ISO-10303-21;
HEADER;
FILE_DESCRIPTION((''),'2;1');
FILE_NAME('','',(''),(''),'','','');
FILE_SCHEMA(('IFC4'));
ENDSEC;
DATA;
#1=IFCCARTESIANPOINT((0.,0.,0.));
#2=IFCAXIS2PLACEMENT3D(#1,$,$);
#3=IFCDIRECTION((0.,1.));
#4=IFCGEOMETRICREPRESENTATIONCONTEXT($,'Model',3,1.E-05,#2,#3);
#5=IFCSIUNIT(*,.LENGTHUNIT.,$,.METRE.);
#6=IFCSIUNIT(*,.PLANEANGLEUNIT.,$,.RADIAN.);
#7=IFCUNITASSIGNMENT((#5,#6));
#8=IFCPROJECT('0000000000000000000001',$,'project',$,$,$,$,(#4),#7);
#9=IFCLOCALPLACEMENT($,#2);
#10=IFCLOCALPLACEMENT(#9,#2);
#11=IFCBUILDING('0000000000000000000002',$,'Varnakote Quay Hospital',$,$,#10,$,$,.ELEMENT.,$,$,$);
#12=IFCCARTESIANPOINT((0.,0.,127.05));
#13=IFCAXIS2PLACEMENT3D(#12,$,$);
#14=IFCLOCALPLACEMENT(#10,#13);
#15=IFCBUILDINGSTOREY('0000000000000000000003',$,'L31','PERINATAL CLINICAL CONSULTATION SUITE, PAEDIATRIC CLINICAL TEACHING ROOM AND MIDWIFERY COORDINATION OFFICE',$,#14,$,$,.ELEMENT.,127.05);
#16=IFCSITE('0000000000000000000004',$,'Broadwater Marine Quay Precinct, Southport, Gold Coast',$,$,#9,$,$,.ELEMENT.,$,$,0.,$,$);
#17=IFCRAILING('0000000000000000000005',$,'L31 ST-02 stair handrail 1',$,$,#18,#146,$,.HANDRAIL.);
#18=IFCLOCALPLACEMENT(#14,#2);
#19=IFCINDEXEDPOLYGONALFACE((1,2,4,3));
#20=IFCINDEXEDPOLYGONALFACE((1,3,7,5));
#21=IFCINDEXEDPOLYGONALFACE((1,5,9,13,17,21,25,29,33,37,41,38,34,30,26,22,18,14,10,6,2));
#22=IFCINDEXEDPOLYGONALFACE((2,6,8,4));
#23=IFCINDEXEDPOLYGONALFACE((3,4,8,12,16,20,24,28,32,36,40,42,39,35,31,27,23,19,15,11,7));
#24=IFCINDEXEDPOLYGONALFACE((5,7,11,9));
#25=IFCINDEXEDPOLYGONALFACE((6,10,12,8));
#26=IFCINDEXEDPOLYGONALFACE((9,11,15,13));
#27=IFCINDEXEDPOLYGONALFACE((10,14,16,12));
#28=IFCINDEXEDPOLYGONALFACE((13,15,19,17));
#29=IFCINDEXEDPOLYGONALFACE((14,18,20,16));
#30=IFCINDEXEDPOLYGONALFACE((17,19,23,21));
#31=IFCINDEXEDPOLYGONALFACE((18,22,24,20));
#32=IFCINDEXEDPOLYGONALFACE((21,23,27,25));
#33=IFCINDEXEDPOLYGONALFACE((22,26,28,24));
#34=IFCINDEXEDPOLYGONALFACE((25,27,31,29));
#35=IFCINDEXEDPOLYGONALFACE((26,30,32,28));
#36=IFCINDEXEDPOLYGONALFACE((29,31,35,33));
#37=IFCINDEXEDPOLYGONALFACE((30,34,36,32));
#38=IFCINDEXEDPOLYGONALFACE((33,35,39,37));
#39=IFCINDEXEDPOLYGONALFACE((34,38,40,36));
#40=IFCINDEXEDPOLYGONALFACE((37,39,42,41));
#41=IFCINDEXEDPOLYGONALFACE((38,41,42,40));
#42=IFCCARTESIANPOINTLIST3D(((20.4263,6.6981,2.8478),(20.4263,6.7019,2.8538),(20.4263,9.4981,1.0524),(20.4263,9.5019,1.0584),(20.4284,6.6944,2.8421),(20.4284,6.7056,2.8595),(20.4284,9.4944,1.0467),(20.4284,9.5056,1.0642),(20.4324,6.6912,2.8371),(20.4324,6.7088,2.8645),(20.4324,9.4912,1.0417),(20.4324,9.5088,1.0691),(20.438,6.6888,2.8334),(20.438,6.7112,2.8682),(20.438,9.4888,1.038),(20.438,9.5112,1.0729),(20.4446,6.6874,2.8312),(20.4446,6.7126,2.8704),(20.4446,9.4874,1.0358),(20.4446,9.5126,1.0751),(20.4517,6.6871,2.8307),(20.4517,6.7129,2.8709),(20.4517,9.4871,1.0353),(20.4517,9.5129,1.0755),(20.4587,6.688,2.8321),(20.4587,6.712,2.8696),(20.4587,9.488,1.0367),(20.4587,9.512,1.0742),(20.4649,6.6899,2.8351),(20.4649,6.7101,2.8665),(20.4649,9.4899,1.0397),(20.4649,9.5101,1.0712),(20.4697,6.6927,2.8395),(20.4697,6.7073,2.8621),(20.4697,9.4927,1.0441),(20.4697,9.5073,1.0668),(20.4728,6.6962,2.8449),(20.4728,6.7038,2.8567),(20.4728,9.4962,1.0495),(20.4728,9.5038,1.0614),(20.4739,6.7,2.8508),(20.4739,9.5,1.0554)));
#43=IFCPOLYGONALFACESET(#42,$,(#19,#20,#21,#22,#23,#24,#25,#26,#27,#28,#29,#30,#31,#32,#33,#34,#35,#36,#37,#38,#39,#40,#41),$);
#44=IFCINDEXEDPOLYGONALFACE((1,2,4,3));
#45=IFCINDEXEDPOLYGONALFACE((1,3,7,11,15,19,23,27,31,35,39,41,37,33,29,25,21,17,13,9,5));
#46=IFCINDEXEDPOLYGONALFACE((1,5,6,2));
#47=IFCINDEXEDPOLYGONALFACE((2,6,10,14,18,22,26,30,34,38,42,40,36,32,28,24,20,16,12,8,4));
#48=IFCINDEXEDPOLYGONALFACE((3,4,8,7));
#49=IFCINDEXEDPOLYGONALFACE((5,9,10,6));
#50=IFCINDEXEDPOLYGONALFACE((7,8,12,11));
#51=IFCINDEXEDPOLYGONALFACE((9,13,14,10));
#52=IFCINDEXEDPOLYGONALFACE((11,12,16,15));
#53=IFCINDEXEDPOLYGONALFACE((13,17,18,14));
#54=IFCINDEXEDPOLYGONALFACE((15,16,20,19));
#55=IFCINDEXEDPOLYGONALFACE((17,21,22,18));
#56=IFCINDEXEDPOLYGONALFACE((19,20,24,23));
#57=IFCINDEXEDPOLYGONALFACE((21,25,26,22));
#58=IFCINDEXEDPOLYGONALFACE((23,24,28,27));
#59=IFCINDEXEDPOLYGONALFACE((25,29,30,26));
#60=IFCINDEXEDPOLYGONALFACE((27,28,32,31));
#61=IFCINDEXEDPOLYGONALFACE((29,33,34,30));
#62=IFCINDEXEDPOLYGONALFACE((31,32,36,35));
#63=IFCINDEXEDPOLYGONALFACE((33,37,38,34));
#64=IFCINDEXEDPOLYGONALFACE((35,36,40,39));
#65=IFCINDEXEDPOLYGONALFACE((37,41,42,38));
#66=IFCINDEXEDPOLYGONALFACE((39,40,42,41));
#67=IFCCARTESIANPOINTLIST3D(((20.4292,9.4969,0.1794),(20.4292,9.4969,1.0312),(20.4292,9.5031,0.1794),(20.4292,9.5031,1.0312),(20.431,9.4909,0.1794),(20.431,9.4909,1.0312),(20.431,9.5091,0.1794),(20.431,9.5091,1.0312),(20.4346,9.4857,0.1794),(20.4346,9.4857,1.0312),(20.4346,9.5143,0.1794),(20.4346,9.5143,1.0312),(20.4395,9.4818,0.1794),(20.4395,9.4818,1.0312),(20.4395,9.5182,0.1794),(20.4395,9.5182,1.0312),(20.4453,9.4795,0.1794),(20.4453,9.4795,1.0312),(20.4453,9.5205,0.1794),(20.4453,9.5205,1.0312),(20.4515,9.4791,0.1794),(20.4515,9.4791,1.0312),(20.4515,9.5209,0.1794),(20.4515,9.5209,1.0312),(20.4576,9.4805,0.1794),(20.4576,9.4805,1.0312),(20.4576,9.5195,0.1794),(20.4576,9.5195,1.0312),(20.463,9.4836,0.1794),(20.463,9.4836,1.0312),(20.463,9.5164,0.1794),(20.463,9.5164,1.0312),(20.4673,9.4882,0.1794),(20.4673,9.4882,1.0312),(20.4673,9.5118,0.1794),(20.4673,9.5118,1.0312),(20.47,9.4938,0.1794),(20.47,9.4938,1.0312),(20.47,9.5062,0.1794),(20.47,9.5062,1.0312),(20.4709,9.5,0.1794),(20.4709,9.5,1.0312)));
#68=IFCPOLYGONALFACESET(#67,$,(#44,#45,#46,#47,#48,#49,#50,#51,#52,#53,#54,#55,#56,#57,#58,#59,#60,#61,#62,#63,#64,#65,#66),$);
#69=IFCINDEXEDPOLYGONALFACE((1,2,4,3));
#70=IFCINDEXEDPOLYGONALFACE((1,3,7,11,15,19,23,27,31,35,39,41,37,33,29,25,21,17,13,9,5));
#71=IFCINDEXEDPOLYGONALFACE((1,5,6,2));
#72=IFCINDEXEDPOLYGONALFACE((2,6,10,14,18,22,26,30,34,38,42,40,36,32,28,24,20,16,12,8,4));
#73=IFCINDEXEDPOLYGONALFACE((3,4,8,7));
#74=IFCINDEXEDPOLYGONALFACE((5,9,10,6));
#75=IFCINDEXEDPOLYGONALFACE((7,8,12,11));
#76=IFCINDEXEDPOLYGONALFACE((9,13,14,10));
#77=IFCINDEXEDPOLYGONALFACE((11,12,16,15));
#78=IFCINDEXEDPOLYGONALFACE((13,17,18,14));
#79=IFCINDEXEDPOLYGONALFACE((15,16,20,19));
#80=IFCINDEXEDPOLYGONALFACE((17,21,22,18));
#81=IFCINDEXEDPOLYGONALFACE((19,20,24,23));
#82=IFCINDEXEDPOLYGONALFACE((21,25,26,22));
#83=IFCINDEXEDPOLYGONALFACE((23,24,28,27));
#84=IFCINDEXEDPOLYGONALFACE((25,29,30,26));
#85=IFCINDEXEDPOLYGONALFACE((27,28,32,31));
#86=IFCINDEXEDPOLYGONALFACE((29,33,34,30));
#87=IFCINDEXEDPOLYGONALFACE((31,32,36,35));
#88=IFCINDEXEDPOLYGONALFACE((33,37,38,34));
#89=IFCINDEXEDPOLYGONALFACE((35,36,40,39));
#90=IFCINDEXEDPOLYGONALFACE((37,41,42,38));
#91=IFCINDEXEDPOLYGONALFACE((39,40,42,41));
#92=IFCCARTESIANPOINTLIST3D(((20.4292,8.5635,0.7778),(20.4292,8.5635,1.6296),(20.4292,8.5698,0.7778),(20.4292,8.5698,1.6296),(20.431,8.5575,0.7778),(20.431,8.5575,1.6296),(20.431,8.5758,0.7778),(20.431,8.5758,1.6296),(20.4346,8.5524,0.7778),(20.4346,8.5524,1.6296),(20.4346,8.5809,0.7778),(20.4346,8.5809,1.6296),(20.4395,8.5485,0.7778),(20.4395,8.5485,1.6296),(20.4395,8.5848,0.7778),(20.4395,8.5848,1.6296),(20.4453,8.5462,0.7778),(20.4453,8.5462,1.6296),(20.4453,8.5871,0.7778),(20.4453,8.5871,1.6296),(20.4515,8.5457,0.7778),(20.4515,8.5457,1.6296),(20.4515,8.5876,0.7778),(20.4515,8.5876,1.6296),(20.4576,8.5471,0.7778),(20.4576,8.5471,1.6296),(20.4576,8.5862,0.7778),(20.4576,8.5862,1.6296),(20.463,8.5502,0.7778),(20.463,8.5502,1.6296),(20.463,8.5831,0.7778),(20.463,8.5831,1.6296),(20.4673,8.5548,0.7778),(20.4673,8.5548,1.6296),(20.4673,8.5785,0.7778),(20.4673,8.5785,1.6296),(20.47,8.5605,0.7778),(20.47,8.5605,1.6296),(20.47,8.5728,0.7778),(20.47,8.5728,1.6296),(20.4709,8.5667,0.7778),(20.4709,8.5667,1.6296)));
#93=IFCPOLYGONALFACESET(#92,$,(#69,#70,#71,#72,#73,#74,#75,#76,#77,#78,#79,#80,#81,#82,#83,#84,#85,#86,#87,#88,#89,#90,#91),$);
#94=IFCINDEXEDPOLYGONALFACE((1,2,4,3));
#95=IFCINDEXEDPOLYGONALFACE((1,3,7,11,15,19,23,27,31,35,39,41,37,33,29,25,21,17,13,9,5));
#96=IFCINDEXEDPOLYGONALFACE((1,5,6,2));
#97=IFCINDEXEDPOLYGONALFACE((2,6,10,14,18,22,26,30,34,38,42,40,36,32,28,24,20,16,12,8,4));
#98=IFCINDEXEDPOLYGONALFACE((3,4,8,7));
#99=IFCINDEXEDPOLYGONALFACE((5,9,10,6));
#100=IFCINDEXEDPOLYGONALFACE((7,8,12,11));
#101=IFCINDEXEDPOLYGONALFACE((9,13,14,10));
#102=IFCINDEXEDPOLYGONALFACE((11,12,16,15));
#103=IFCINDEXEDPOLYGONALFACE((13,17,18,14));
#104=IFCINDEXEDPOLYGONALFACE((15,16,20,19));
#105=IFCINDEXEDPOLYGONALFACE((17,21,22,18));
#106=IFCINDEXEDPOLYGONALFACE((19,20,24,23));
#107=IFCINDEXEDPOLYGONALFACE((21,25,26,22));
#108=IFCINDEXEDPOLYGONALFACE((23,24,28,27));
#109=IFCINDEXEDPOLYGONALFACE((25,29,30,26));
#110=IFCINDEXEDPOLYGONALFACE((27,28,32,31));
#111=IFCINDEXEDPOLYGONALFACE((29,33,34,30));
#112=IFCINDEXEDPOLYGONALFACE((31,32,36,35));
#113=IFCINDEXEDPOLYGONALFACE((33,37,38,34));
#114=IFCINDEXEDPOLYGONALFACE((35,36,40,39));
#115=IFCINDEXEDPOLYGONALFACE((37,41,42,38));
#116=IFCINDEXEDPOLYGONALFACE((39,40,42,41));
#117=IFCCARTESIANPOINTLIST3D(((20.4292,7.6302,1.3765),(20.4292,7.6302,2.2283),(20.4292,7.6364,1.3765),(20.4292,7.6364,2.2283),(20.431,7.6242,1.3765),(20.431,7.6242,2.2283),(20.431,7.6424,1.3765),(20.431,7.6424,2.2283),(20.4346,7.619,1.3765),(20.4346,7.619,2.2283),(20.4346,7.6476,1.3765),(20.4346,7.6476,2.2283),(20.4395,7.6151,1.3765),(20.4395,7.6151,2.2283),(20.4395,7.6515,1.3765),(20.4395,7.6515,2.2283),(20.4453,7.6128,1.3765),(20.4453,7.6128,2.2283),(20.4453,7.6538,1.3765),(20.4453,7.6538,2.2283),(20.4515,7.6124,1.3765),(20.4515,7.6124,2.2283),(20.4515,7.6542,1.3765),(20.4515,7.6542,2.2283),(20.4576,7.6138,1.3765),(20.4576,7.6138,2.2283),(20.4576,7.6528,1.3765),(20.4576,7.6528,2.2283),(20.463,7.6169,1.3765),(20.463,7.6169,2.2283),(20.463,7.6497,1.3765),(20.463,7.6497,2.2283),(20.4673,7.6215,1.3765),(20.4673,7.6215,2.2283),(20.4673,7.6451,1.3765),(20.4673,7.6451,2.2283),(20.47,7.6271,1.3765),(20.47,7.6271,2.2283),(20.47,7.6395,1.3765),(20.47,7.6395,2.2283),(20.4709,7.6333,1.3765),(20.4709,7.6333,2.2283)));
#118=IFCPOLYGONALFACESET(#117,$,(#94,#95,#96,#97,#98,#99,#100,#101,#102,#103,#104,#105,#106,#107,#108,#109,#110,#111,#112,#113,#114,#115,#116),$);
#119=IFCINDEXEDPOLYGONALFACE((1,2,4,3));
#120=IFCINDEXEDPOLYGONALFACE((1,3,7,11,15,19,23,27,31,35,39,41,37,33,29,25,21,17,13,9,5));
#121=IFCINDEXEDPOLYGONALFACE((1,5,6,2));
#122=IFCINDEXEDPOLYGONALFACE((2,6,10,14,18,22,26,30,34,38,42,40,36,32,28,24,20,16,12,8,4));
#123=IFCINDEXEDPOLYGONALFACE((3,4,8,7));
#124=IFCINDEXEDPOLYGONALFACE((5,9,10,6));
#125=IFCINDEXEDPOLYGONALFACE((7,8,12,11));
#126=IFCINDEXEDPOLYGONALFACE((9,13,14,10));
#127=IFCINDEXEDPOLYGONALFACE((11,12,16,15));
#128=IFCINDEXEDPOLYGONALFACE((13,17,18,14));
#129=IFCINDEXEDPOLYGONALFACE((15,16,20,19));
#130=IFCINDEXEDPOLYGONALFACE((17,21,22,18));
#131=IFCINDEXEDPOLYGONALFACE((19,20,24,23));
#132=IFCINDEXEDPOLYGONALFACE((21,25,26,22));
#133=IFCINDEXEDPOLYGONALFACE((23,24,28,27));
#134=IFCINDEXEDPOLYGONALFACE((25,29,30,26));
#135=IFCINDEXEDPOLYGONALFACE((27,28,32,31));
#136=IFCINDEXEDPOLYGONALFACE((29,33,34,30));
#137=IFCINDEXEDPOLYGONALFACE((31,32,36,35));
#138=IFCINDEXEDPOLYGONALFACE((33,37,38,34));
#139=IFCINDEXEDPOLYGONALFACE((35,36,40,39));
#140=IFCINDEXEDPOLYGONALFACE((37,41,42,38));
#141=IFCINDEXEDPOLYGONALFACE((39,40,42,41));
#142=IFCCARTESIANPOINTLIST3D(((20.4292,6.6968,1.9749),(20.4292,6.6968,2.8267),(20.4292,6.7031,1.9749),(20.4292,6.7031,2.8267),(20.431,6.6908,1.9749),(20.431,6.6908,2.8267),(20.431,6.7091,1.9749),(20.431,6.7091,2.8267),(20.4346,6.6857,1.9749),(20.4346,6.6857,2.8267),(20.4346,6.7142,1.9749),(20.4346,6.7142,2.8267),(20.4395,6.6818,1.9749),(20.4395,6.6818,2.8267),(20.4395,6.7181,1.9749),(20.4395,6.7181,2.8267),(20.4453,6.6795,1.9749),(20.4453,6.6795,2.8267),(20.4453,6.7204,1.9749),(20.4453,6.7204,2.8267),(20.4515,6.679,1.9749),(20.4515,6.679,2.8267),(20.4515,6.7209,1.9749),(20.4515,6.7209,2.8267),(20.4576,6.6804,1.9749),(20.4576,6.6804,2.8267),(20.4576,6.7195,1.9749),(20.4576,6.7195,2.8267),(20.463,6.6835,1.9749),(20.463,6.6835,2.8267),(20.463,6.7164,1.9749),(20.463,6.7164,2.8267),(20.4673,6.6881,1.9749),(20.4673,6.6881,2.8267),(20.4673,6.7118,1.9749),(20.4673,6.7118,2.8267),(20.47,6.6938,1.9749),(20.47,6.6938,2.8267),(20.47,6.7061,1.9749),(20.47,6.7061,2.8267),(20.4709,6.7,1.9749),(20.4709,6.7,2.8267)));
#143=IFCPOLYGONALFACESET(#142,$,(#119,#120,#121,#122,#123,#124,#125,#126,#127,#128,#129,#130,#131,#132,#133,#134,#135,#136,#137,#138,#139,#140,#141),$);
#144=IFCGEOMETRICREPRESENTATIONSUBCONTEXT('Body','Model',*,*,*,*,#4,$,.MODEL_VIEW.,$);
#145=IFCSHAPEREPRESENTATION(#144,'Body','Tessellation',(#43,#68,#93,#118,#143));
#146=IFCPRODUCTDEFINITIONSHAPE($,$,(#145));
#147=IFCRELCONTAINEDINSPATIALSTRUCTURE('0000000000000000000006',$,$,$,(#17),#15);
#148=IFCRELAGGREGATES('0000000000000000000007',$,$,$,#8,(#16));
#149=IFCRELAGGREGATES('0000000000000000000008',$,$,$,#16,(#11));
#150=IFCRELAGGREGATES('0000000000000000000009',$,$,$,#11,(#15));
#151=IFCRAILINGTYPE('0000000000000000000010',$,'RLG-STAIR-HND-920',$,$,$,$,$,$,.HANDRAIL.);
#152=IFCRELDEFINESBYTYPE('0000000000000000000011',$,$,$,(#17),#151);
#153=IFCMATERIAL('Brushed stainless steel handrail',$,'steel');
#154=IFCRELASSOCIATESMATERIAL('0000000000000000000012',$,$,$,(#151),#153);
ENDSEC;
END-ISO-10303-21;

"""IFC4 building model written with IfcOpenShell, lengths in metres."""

from ifc_helpers import new_model, si_unit, direction, frame, origin, origin_2d, place, context, subcontext, project, spatial, circle, extrude, material, type_object, element, save


model = new_model("IFC4")

# Units and contexts
model_context = context("Model", 3, precision=1e-05, world=origin(), true_north=direction((0.0, 1.0)))
body_context = subcontext(model_context, "Body", "Model", "MODEL_VIEW")
ifc_project = project(units=[si_unit("LENGTHUNIT", "METRE"), si_unit("PLANEANGLEUNIT", "RADIAN")], contexts=[model_context])

# Site, building, storey
site_placement = place(None, origin())
site = spatial("IfcSite", under=ifc_project, at=site_placement, Name="Broadwater Marine Quay Precinct, Southport, Gold Coast", CompositionType="ELEMENT", RefElevation=0.0)
building_placement = place(site_placement, origin())
building = spatial("IfcBuilding", under=site, at=building_placement, Name="Varnakote Quay Hospital", CompositionType="ELEMENT")
storey_placement = place(building_placement, frame((0.0, 0.0, 127.05)))
storey = spatial("IfcBuildingStorey", under=building, at=storey_placement, Name="L31", Description="PERINATAL CLINICAL CONSULTATION SUITE, PAEDIATRIC CLINICAL TEACHING ROOM AND MIDWIFERY COORDINATION OFFICE", CompositionType="ELEMENT", Elevation=127.05)

# Railing
ifc_material_1 = material(Name="Brushed stainless steel handrail", Category="steel")
railing_type_1 = type_object("IfcRailingType", Name="RLG-STAIR-HND-920", PredefinedType="HANDRAIL", material=ifc_material_1)
railing_1_placement = place(storey_placement, frame((20.45, 9.5, 0.1794)))
element("IfcRailing", 1, at=railing_1_placement, inside=storey, type_object=railing_type_1, Name="L31 ST-02 stair handrail 1", PredefinedType="HANDRAIL", context=body_context, shape_type="SweptSolid", body=[
    extrude(circle(Radius=0.0239, at=origin_2d()), frame((0.0, 0.0, 0.876), z_axis=(0.0, -0.84181, 0.539774), x_axis=(1.0, 0.0, 0.0)), (0.0, 0.0, 1.0), 3.3262),
    extrude(circle(Radius=0.021, at=origin_2d()), origin(), (0.0, 0.0, 1.0), 0.8518),
    extrude(circle(Radius=0.021, at=origin_2d()), frame((0.0, -0.9333, 0.5984)), (0.0, 0.0, 1.0), 0.8518),
    extrude(circle(Radius=0.021, at=origin_2d()), frame((0.0, -1.8667, 1.197)), (0.0, 0.0, 1.0), 0.8518),
    extrude(circle(Radius=0.021, at=origin_2d()), frame((0.0, -2.8, 1.7954)), (0.0, 0.0, 1.0), 0.8518),
])

save(model, "model.ifc")
